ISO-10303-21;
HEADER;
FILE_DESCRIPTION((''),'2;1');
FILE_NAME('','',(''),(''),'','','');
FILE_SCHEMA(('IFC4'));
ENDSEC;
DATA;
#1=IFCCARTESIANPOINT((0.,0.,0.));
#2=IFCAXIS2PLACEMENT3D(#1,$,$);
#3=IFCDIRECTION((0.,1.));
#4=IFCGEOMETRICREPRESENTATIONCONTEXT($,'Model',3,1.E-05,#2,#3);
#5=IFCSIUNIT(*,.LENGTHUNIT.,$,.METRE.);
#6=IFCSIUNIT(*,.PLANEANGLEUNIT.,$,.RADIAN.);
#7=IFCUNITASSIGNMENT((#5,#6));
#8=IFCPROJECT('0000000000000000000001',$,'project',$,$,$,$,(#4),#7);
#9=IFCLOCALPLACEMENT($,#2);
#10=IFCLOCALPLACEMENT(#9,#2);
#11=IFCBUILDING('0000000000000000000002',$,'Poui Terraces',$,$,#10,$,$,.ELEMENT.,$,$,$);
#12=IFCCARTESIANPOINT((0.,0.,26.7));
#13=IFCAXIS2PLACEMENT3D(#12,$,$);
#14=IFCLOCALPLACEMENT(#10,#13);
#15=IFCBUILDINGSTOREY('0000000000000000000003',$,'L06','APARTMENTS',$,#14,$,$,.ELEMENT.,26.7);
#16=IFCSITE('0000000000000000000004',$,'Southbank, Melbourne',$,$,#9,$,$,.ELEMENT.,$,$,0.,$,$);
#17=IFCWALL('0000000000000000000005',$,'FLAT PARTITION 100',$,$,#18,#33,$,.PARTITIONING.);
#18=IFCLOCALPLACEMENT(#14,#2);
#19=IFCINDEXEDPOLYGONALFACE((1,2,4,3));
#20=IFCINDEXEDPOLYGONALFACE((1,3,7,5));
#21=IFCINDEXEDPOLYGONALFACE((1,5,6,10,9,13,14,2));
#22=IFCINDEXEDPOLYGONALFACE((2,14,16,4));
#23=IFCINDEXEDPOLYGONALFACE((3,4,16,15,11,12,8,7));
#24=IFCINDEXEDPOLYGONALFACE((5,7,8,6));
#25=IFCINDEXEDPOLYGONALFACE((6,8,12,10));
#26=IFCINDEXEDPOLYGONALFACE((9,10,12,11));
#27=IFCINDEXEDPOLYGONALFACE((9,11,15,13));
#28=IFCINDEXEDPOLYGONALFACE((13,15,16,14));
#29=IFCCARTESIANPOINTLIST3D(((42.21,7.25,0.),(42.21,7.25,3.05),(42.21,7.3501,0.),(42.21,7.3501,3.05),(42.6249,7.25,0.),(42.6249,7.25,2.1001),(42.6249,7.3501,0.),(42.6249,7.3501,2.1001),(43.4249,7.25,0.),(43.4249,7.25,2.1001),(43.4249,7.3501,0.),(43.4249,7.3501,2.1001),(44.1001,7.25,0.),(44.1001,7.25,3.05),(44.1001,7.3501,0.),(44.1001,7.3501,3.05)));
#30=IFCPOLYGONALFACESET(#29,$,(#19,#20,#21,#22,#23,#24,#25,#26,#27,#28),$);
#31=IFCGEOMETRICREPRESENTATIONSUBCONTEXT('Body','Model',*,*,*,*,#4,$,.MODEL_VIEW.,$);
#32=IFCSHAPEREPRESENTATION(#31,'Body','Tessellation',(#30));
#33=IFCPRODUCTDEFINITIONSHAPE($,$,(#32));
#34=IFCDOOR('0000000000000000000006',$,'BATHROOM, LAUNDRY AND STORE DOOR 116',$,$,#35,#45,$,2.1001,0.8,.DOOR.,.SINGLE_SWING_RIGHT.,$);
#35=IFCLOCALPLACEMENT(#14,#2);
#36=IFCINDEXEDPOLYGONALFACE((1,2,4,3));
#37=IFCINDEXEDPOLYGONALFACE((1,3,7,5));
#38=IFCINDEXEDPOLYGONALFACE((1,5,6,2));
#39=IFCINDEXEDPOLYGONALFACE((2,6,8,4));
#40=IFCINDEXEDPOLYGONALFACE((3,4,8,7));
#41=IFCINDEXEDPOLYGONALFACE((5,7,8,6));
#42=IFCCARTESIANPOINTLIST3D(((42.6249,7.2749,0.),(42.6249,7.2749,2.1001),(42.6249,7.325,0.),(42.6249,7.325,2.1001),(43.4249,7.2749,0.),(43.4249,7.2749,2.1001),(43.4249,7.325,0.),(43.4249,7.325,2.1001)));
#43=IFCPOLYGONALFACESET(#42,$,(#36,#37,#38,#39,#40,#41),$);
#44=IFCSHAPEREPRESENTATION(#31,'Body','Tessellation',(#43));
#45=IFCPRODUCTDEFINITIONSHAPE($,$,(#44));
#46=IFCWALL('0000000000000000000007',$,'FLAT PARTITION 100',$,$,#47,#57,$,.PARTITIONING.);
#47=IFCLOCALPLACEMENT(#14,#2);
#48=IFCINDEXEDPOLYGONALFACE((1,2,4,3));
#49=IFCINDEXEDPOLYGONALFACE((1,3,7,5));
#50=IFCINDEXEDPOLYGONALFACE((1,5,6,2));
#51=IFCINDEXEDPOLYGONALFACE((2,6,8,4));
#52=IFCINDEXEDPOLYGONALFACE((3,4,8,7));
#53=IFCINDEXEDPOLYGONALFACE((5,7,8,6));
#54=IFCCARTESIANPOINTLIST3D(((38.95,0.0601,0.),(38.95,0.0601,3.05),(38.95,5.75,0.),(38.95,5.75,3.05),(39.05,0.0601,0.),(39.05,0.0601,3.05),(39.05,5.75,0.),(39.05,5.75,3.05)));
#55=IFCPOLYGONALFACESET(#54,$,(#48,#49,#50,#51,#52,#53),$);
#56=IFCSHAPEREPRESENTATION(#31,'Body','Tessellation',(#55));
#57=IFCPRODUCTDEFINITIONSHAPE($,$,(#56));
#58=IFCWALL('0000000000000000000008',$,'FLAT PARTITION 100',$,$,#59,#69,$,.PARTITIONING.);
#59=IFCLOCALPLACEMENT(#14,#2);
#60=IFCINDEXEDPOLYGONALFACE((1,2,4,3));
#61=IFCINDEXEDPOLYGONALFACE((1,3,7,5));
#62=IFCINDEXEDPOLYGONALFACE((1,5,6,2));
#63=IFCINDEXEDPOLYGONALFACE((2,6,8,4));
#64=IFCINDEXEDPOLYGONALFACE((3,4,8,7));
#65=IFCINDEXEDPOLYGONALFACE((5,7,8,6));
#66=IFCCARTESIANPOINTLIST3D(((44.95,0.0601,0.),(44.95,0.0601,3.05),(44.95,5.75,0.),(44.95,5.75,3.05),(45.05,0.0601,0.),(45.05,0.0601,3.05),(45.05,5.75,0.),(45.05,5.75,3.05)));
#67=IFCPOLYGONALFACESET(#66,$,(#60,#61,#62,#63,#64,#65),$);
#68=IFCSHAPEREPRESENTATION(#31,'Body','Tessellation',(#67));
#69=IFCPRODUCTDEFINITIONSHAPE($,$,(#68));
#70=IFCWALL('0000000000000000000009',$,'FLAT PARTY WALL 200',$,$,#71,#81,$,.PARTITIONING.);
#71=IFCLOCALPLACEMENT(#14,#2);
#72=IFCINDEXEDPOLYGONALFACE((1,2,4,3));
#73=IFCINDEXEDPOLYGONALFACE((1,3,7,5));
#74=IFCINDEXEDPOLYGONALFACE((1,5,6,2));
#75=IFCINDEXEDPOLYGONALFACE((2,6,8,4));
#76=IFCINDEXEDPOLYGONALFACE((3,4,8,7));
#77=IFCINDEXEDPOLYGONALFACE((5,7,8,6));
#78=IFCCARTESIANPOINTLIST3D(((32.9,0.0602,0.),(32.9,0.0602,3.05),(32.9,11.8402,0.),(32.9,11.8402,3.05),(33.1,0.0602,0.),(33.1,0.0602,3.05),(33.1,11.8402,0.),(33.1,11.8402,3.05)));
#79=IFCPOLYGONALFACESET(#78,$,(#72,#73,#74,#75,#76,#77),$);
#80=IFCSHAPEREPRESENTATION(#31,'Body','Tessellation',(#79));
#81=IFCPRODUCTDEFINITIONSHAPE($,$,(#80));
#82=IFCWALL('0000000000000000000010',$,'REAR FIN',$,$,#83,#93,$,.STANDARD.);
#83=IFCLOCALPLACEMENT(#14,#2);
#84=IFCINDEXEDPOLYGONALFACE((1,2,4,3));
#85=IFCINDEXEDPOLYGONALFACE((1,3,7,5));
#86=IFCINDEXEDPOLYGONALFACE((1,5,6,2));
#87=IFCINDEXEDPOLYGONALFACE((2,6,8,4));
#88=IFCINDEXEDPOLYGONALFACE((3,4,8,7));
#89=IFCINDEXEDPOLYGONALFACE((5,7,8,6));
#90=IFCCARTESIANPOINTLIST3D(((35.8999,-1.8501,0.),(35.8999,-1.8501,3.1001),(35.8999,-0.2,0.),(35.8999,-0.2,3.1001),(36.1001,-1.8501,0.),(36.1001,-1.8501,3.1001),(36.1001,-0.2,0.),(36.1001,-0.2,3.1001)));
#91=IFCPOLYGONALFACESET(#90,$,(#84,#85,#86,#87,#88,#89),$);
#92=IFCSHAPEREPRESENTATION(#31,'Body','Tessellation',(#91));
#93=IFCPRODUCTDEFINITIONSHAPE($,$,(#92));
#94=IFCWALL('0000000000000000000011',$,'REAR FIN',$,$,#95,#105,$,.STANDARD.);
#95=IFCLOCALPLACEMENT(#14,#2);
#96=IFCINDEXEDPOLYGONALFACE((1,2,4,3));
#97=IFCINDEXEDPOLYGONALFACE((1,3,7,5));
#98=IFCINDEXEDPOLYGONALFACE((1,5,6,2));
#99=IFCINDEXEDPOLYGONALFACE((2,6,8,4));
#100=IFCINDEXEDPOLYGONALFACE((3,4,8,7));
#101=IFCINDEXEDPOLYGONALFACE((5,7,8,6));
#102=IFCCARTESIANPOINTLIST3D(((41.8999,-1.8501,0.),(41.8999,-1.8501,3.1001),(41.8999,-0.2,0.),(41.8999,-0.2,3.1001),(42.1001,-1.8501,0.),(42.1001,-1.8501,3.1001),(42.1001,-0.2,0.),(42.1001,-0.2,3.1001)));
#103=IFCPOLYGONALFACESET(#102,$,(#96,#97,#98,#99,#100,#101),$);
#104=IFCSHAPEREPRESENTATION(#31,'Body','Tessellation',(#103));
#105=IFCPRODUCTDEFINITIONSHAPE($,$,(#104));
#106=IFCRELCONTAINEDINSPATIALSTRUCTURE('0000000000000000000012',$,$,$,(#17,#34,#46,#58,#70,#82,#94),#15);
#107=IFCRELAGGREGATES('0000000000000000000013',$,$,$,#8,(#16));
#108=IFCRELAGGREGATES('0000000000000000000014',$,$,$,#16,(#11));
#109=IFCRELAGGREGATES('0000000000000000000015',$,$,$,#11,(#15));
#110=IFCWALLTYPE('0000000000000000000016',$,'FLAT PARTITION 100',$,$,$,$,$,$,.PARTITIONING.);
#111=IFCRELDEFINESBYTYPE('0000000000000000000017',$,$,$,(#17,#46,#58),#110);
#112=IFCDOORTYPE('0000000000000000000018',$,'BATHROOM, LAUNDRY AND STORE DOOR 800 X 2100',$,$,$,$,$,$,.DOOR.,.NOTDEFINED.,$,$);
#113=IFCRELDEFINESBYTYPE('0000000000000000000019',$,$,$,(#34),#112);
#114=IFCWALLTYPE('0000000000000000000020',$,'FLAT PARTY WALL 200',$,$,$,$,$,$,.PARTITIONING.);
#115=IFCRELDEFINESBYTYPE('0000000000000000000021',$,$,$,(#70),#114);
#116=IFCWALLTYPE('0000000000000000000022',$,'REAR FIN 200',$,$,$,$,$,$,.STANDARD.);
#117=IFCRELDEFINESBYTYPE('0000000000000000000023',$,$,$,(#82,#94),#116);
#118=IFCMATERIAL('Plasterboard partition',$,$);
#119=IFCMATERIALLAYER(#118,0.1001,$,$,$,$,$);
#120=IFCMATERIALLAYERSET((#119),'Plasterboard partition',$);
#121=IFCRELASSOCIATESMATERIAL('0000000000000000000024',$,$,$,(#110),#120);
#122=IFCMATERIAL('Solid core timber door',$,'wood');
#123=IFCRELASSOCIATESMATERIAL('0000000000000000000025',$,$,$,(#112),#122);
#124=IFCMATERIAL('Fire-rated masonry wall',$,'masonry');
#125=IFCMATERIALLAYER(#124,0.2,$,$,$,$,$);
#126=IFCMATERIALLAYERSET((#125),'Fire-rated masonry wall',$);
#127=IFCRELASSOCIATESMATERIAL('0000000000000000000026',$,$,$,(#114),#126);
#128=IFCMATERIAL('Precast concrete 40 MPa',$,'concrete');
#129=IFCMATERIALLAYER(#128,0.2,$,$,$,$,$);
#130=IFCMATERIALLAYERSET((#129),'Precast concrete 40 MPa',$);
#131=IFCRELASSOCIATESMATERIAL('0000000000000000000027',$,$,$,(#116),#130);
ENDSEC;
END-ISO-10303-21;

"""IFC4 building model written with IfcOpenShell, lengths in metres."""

from ifc_helpers import new_model, si_unit, direction, frame, frame_2d, origin, place, context, subcontext, project, spatial, polyline, rectangle, outline, extrude, source, transform, mapped, material, layer, layer_set, type_object, element, fill, save


model = new_model("IFC4")

# Units and contexts
model_context = context("Model", 3, precision=1e-05, world=origin(), true_north=direction((0.0, 1.0)))
body_context = subcontext(model_context, "Body", "Model", "MODEL_VIEW")
ifc_project = project(units=[si_unit("LENGTHUNIT", "METRE"), si_unit("PLANEANGLEUNIT", "RADIAN")], contexts=[model_context])

# Site, building, storey
site_placement = place(None, origin())
site = spatial("IfcSite", under=ifc_project, at=site_placement, Name="Southbank, Melbourne", CompositionType="ELEMENT", RefElevation=0.0)
building_placement = place(site_placement, origin())
building = spatial("IfcBuilding", under=site, at=building_placement, Name="Poui Terraces", CompositionType="ELEMENT")
storey_placement = place(building_placement, frame((0.0, 0.0, 26.7)))
storey = spatial("IfcBuildingStorey", under=building, at=storey_placement, Name="L06", Description="APARTMENTS", CompositionType="ELEMENT", Elevation=26.7)

# Shared definitions
ifc_material_1 = material(Name="Precast concrete 40 MPa", Category="concrete")

# Shared definitions
ifc_material_2 = material(Name="Solid core timber door", Category="wood")

# Wall, opening, door
ifc_material_3 = material(Name="Plasterboard partition")
ifc_layer_1 = layer(ifc_material_3, 0.1001)
ifc_layer_set_1 = layer_set([ifc_layer_1], Name="Plasterboard partition")
wall_type_1 = type_object("IfcWallType", Name="FLAT PARTITION 100", PredefinedType="PARTITIONING", material=ifc_layer_set_1)
door_type_1 = type_object("IfcDoorType", Name="BATHROOM, LAUNDRY AND STORE DOOR 800 X 2100", OperationType="NOTDEFINED", PredefinedType="DOOR", material=ifc_material_2)
wall_1_placement = place(storey_placement, frame((42.21, 7.3, 0.0), z_axis=(0.0, 0.0, 1.0), x_axis=(1.0, 0.0, 0.0)))
wall_1 = element("IfcWall", 1, at=wall_1_placement, inside=storey, type_object=wall_type_1, Name="FLAT PARTITION 100", PredefinedType="PARTITIONING", context=body_context, shape_type="SweptSolid", body=[
    extrude(rectangle(XDim=1.8901, YDim=0.1001, at=frame_2d((0.9451, 0.0))), origin(), (0.0, 0.0, 1.0), 3.05),
])
opening_1_placement = place(wall_1_placement, frame((0.415, 0.0, 0.0)))
opening_1 = element("IfcOpeningElement", 2, at=opening_1_placement, cuts=wall_1, PredefinedType="OPENING", context=body_context, shape_type="SweptSolid", body=[
    extrude(rectangle(XDim=0.8, YDim=2.1001, at=frame_2d((0.3999, 1.05))), frame((0.0, 0.0601, 0.0), z_axis=(0.0, -1.0, 0.0), x_axis=(1.0, 0.0, 0.0)), (0.0, 0.0, 1.0), 0.1201),
])
door_1_placement = place(opening_1_placement, origin())
door_1 = element("IfcDoor", 3, at=door_1_placement, inside=storey, type_object=door_type_1, Name="BATHROOM, LAUNDRY AND STORE DOOR 116", OperationType="SINGLE_SWING_RIGHT", OverallHeight=2.1001, OverallWidth=0.8, PredefinedType="DOOR", context=body_context, shape_type="SweptSolid", body=[
    extrude(rectangle(XDim=0.8, YDim=2.1001, at=frame_2d((0.3999, 1.05))), frame((0.0, 0.0249, 0.0), z_axis=(0.0, -1.0, 0.0), x_axis=(1.0, 0.0, 0.0)), (0.0, 0.0, 1.0), 0.05),
])
fill(opening_1, door_1)

# Walls
for number, where, z_axis, x_axis, name in (
    (4, (39.0, 0.0601, 0.0), (0.0, 0.0, 1.0), (0.0, 1.0, 0.0), "FLAT PARTITION 100"),
    (5, (45.0, 0.0601, 0.0), (0.0, 0.0, 1.0), (0.0, 1.0, 0.0), "FLAT PARTITION 100"),
):
    element("IfcWall", number, at=place(storey_placement, frame(where, z_axis=z_axis, x_axis=x_axis)), inside=storey, type_object=wall_type_1, Name=name, PredefinedType="PARTITIONING", context=body_context, shape_type="SweptSolid", body=[
        extrude(rectangle(XDim=5.6899, YDim=0.1001, at=frame_2d((2.845, 0.0))), origin(), (0.0, 0.0, 1.0), 3.05),
    ])
ifc_material_4 = material(Name="Fire-rated masonry wall", Category="masonry")
ifc_layer_2 = layer(ifc_material_4, 0.2)
ifc_layer_set_2 = layer_set([ifc_layer_2], Name="Fire-rated masonry wall")
wall_type_2 = type_object("IfcWallType", Name="FLAT PARTY WALL 200", PredefinedType="PARTITIONING", material=ifc_layer_set_2)
wall_2_placement = place(storey_placement, frame((33.0, 0.0601, 0.0), z_axis=(0.0, 0.0, 1.0), x_axis=(0.0, 1.0, 0.0)))
element("IfcWall", 6, at=wall_2_placement, inside=storey, type_object=wall_type_2, Name="FLAT PARTY WALL 200", PredefinedType="PARTITIONING", context=body_context, shape_type="SweptSolid", body=[
    extrude(rectangle(XDim=11.78, YDim=0.2, at=frame_2d((5.8901, 0.0))), origin(), (0.0, 0.0, 1.0), 3.05),
])
ifc_layer_3 = layer(ifc_material_1, 0.2)
ifc_layer_set_3 = layer_set([ifc_layer_3], Name="Precast concrete 40 MPa")
wall_type_3 = type_object("IfcWallType", Name="REAR FIN 200", PredefinedType="STANDARD", material=ifc_layer_set_3)
shared_shape_1 = source(origin(), body_context, "Body", "SweptSolid", [
    extrude(outline(polyline([(0.0, 0.0), (0.2002, 0.0), (0.2002, 1.6501), (0.0, 1.6501), (0.0, 0.0)])), origin(), (0.0, 0.0, 1.0), 3.1001),
])
for number, where, name in (
    (7, (35.8999, -1.8501, 0.0), "REAR FIN"),
    (8, (41.8999, -1.8501, 0.0), "REAR FIN"),
):
    element("IfcWall", number, at=place(storey_placement, frame(where)), inside=storey, type_object=wall_type_3, Name=name, PredefinedType="STANDARD", context=body_context, shape_type="MappedRepresentation", body=[
        mapped(shared_shape_1, transform((0.0, 0.0, 0.0))),
    ])

save(model, "model.ifc")
